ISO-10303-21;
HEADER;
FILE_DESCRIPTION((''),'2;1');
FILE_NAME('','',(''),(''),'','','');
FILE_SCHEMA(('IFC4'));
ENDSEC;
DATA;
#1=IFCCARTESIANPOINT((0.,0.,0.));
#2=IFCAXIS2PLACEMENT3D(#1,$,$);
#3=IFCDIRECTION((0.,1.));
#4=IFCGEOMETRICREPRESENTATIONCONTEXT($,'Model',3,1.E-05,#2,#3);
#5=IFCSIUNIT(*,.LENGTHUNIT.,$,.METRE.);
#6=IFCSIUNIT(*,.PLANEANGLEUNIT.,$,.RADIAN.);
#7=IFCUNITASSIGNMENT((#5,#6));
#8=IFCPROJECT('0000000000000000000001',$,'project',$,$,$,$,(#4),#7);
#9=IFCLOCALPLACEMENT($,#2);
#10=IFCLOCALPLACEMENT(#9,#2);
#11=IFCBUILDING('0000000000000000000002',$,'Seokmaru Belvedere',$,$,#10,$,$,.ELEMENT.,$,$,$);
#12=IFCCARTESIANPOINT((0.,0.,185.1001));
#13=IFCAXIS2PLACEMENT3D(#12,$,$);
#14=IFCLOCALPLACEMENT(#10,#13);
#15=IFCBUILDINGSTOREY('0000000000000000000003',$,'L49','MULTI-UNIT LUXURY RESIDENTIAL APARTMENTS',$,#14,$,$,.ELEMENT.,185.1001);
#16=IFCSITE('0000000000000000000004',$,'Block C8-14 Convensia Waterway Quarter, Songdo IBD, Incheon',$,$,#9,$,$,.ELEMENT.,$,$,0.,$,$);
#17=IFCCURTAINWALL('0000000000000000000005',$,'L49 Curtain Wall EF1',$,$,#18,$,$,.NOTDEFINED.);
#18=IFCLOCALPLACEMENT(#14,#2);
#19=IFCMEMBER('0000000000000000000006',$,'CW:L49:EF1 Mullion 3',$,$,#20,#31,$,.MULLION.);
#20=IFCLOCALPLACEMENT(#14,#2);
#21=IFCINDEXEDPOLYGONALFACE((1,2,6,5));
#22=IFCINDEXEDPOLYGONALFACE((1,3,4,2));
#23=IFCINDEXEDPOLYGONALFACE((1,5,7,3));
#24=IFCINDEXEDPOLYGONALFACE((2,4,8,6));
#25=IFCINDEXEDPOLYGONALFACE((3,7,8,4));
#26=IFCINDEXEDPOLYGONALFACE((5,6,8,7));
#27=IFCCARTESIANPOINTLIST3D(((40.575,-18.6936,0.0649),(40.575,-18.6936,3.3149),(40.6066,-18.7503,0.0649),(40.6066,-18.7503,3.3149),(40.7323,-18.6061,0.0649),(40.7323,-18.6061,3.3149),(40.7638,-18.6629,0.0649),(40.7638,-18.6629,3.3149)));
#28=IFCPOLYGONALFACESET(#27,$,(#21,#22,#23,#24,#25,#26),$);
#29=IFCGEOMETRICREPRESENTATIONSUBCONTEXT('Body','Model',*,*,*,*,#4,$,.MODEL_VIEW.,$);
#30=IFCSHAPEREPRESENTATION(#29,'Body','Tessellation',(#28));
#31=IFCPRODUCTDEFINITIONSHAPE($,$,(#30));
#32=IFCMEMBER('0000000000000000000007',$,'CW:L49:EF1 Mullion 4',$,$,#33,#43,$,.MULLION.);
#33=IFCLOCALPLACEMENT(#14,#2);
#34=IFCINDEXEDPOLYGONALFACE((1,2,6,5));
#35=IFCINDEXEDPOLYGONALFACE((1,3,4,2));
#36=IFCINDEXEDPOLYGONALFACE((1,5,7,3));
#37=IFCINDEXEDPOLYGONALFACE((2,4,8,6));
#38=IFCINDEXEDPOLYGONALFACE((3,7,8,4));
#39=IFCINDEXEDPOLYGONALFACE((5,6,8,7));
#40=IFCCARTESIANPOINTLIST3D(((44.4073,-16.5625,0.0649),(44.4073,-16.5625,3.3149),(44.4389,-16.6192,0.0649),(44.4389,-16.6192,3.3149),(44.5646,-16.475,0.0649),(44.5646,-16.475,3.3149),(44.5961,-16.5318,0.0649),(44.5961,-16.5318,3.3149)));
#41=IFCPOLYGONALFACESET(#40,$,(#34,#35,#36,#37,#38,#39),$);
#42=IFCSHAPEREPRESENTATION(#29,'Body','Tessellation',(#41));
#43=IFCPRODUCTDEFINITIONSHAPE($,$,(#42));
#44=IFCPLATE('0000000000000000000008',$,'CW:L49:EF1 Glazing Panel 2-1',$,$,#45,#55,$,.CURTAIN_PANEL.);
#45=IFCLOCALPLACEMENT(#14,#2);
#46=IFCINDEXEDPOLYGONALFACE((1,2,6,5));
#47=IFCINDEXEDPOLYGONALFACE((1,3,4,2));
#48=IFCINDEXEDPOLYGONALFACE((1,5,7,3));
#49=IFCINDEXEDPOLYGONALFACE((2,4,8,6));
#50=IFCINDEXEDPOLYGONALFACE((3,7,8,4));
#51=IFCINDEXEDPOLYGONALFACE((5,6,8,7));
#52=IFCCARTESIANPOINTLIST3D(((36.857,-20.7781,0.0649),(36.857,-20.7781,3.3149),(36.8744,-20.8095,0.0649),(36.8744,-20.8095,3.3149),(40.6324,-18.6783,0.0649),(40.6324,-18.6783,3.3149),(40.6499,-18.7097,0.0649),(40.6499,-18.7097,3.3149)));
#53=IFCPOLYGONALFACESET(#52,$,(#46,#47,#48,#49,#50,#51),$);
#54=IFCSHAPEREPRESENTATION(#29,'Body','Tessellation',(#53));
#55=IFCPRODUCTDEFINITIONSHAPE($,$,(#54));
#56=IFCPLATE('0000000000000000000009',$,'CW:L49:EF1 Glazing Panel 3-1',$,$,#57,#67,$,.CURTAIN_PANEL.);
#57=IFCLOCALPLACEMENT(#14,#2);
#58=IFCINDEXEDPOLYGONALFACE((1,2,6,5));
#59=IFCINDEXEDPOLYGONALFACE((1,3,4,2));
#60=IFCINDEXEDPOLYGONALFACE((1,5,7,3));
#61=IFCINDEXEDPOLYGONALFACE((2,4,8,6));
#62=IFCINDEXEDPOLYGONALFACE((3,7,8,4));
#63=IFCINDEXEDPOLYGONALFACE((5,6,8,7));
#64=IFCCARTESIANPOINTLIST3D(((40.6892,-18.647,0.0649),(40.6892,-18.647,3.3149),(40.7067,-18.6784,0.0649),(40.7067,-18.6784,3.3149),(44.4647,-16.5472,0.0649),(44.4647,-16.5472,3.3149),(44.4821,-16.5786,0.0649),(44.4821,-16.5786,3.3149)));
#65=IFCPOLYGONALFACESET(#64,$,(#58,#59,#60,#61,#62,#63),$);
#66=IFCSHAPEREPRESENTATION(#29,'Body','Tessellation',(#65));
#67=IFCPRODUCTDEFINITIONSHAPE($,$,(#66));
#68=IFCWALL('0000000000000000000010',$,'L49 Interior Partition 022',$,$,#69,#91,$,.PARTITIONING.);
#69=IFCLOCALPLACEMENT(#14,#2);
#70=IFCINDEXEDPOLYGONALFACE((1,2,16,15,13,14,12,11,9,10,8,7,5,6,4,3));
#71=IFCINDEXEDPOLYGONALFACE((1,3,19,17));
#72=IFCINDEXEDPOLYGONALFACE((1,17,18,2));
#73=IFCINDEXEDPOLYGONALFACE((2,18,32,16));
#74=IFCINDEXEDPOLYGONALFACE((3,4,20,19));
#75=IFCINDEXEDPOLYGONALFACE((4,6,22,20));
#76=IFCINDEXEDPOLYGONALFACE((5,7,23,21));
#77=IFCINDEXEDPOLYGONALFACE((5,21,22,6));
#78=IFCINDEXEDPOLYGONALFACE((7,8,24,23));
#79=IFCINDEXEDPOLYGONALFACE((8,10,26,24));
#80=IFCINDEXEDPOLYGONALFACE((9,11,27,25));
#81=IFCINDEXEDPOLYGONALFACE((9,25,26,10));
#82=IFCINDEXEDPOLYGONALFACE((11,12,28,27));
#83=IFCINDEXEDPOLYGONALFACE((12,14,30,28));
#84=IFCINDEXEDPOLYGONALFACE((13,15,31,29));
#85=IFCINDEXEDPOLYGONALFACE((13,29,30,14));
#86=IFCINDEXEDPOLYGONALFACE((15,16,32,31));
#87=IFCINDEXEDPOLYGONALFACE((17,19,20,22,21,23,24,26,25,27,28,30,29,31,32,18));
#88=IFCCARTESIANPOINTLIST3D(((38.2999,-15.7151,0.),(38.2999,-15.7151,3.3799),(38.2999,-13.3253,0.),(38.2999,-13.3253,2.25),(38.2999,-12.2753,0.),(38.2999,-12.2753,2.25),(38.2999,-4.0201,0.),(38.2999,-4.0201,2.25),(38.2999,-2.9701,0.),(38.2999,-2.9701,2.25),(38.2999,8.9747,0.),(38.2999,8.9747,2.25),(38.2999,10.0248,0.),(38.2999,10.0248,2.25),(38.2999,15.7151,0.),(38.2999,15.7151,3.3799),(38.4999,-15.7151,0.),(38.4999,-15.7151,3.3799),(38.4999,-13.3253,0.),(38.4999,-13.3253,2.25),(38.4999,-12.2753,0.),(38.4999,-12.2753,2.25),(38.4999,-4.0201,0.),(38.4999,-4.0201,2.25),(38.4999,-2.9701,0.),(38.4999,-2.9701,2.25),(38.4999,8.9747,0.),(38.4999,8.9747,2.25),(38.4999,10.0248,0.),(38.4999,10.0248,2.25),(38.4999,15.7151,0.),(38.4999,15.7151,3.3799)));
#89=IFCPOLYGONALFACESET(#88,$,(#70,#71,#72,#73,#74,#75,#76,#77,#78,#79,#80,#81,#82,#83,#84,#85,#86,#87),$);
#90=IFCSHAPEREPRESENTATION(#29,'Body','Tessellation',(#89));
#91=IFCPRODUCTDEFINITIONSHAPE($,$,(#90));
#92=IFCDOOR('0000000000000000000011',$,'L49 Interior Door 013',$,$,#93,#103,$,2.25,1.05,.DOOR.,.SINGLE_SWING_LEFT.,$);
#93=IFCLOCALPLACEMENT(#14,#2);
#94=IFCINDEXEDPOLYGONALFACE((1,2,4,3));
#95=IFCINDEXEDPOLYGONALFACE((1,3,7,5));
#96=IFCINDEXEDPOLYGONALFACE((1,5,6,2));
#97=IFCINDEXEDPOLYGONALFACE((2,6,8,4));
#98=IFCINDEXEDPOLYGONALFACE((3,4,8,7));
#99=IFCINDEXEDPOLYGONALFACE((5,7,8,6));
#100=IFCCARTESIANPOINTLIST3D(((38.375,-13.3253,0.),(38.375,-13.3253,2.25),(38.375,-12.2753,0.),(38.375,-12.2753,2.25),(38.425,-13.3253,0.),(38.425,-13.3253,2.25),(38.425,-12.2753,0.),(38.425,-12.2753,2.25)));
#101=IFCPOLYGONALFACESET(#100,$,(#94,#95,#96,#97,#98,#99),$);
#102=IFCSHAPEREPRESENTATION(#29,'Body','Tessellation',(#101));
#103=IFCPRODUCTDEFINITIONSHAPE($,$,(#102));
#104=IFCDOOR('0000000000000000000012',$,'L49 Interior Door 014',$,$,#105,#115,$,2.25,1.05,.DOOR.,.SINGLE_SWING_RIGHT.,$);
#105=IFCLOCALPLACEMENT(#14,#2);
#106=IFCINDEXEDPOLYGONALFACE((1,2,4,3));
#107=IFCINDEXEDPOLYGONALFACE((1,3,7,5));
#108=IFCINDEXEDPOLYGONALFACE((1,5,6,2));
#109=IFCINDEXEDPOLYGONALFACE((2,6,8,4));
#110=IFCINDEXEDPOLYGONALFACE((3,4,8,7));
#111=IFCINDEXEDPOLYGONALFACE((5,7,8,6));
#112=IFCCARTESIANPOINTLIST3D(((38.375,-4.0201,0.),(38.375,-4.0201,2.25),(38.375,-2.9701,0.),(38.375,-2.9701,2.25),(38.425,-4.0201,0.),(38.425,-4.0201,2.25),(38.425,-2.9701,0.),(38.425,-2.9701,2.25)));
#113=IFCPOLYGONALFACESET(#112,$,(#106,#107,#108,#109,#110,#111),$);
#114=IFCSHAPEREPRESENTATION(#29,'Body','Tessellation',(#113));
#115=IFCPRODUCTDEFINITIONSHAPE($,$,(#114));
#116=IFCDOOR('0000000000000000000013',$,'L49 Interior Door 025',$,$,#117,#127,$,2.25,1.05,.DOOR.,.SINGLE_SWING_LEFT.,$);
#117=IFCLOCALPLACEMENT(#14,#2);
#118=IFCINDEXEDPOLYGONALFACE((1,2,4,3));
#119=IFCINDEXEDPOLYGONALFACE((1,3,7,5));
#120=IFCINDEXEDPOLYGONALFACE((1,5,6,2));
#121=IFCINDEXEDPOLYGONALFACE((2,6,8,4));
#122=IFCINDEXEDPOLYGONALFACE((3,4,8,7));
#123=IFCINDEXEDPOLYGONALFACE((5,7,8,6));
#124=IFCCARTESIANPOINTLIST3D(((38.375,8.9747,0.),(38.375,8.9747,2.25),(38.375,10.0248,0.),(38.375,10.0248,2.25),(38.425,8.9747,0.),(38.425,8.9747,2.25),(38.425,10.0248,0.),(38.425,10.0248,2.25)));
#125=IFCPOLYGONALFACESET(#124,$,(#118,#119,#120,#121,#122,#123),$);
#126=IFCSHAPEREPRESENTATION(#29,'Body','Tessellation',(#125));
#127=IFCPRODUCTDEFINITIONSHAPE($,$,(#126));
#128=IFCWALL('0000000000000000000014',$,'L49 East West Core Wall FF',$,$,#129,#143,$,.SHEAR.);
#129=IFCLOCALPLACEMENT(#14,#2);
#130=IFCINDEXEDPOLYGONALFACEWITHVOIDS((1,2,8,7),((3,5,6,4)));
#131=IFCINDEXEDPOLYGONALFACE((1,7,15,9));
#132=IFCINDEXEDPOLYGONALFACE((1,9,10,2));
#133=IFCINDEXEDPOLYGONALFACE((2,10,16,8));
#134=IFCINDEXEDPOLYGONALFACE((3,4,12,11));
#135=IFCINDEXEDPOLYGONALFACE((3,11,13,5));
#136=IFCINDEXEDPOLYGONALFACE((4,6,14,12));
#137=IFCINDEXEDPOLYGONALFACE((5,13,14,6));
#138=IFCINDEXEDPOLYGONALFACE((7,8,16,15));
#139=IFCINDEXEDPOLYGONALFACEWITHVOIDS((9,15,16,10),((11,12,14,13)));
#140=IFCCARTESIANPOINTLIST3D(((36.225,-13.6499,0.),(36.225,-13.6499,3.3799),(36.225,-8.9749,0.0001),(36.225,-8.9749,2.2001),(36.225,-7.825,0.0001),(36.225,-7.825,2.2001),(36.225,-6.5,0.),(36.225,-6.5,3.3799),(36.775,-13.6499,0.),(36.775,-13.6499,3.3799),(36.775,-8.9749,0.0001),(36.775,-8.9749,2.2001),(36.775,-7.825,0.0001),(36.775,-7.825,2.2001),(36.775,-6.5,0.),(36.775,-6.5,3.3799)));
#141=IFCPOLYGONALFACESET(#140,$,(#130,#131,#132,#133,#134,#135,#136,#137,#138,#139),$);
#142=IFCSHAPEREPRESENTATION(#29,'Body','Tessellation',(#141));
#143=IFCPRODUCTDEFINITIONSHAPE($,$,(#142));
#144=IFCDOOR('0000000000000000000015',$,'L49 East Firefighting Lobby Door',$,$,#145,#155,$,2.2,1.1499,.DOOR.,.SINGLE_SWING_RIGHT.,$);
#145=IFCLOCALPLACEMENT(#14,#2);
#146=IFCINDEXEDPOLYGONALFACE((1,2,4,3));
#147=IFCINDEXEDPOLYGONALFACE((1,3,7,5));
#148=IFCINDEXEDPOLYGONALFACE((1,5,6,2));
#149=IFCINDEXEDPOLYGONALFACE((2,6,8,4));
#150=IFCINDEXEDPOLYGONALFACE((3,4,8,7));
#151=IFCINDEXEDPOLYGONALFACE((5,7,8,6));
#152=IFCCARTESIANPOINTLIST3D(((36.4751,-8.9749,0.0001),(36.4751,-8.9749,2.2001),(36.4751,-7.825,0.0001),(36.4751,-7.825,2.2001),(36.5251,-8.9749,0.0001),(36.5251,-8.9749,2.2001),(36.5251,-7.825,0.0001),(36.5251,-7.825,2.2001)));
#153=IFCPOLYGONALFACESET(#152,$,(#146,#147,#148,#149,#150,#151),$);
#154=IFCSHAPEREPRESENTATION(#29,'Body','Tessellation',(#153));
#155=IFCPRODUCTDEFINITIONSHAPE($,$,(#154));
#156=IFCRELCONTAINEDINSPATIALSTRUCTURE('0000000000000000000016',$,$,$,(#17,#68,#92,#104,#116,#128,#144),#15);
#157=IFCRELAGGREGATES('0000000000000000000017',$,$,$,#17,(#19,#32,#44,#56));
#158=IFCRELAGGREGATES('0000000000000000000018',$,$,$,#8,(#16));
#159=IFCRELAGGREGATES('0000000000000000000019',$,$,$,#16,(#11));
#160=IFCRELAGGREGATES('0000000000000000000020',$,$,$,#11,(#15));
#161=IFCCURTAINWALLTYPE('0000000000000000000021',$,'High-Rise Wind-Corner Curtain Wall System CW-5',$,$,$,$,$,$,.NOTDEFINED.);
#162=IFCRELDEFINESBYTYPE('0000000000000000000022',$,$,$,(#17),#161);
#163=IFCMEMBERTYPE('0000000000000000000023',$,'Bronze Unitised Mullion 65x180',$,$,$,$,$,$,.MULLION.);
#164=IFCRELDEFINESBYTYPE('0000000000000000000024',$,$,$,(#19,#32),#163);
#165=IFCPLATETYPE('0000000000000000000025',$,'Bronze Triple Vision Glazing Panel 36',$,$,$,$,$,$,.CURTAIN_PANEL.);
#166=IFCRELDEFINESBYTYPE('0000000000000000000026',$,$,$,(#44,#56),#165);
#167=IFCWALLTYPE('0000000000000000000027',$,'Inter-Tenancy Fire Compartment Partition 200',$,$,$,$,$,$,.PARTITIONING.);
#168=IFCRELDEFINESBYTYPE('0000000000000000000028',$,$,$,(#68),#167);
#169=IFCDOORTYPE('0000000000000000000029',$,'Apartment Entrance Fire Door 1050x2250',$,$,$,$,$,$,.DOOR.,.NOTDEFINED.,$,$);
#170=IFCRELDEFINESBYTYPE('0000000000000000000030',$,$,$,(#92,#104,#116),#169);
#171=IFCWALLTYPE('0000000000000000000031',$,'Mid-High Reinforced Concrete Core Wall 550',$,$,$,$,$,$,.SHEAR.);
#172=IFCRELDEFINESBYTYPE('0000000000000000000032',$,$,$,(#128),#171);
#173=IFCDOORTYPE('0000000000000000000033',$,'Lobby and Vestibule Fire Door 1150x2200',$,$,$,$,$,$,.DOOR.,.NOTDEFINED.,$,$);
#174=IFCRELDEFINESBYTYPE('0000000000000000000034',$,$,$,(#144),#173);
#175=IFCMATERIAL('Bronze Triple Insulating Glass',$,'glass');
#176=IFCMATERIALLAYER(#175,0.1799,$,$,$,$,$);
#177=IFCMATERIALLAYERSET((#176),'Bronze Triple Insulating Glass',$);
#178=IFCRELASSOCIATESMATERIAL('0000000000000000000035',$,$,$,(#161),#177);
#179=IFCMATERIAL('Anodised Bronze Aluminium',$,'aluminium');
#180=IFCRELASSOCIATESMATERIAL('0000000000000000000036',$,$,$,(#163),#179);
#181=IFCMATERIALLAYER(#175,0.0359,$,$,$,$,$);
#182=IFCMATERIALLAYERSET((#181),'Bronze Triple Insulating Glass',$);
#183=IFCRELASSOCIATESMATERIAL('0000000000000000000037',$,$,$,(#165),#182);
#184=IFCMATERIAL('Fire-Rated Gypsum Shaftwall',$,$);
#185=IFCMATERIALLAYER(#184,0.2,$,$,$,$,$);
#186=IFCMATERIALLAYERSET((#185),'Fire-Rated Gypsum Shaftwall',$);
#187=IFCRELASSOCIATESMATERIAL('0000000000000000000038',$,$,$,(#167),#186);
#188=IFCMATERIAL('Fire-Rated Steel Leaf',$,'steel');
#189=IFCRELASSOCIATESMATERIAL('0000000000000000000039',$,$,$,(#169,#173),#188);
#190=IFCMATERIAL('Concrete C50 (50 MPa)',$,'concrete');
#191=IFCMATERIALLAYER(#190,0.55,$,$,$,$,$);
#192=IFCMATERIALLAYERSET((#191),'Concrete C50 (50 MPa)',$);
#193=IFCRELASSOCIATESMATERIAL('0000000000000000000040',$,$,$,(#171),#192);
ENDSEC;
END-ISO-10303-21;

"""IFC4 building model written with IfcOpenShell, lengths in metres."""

from ifc_helpers import new_model, si_unit, direction, frame, frame_2d, origin, origin_2d, place, context, subcontext, project, spatial, rectangle, extrude, source, transform, mapped, material, layer, layer_set, material_profile, profile_set, type_object, type_shapes, element, fill, aggregate, save


model = new_model("IFC4")

# Units and contexts
model_context = context("Model", 3, precision=1e-05, world=origin(), true_north=direction((0.0, 1.0)))
body_context = subcontext(model_context, "Body", "Model", "MODEL_VIEW")
ifc_project = project(units=[si_unit("LENGTHUNIT", "METRE"), si_unit("PLANEANGLEUNIT", "RADIAN")], contexts=[model_context])

# Site, building, storey
site_placement = place(None, origin())
site = spatial("IfcSite", under=ifc_project, at=site_placement, Name="Block C8-14 Convensia Waterway Quarter, Songdo IBD, Incheon", CompositionType="ELEMENT", RefElevation=0.0)
building_placement = place(site_placement, origin())
building = spatial("IfcBuilding", under=site, at=building_placement, Name="Seokmaru Belvedere", CompositionType="ELEMENT")
storey_placement = place(building_placement, frame((0.0, 0.0, 185.1001)))
storey = spatial("IfcBuildingStorey", under=building, at=storey_placement, Name="L49", Description="MULTI-UNIT LUXURY RESIDENTIAL APARTMENTS", CompositionType="ELEMENT", Elevation=185.1001)

# Curtain wall, members, plates
ifc_material_1 = material(Name="Bronze Triple Insulating Glass", Category="glass")
ifc_layer_1 = layer(ifc_material_1, 0.1799)
ifc_layer_set_1 = layer_set([ifc_layer_1], Name="Bronze Triple Insulating Glass")
curtain_wall_type = type_object("IfcCurtainWallType", Name="High-Rise Wind-Corner Curtain Wall System CW-5", PredefinedType="NOTDEFINED", material=ifc_layer_set_1)
curtain_wall_placement = place(storey_placement, origin())
curtain_wall = element("IfcCurtainWall", 1, at=curtain_wall_placement, inside=storey, type_object=curtain_wall_type, Name="L49 Curtain Wall EF1", PredefinedType="NOTDEFINED")
ifc_material_2 = material(Name="Anodised Bronze Aluminium", Category="aluminium")
ifc_material_profile_1 = material_profile(ifc_material_2, rectangle(XDim=0.0649, YDim=0.1799, at=origin_2d()), Name="CW-M-65x180")
ifc_profile_set_1 = profile_set([ifc_material_profile_1], Name="Anodised Bronze Aluminium")
member_type = type_object("IfcMemberType", Name="Bronze Unitised Mullion 65x180", PredefinedType="MULLION", material=ifc_profile_set_1)
shared_shape_1 = source(origin(), body_context, "Body", "SweptSolid", [
    extrude(rectangle(XDim=0.0649, YDim=0.1799, at=origin_2d()), origin(), (0.0, 0.0, 1.0), 3.25),
])
type_shapes(member_type, [shared_shape_1])
member_1_placement = place(storey_placement, frame((40.6694, -18.6782, 0.0649), z_axis=(0.0, 0.0, 1.0), x_axis=(-0.486047, 0.873933, 0.0)))
member_1 = element("IfcMember", 2, at=member_1_placement, type_object=member_type, Name="CW:L49:EF1 Mullion 3", PredefinedType="MULLION", context=body_context, shape_type="MappedRepresentation", body=[
    mapped(shared_shape_1, transform((0.0, 0.0, 0.0), scale=1.0)),
])
member_2_placement = place(storey_placement, frame((44.5017, -16.5471, 0.0649), z_axis=(0.0, 0.0, 1.0), x_axis=(-0.486047, 0.873933, 0.0)))
member_2 = element("IfcMember", 3, at=member_2_placement, type_object=member_type, Name="CW:L49:EF1 Mullion 4", PredefinedType="MULLION", context=body_context, shape_type="MappedRepresentation", body=[
    mapped(shared_shape_1, transform((0.0, 0.0, 0.0), scale=1.0)),
])
ifc_layer_2 = layer(ifc_material_1, 0.0359)
ifc_layer_set_2 = layer_set([ifc_layer_2], Name="Bronze Triple Insulating Glass")
plate_type = type_object("IfcPlateType", Name="Bronze Triple Vision Glazing Panel 36", PredefinedType="CURTAIN_PANEL", material=ifc_layer_set_2)
shared_shape_2 = source(origin(), body_context, "Body", "SweptSolid", [
    extrude(rectangle(XDim=4.3201, YDim=0.0359, at=origin_2d()), origin(), (0.0, 0.0, 1.0), 3.25),
])
type_shapes(plate_type, [shared_shape_2])
plate_1_placement = place(storey_placement, frame((38.7534, -19.7439, 0.0649), z_axis=(0.0, 0.0, 1.0), x_axis=(0.873933, 0.486047, 0.0)))
plate_1 = element("IfcPlate", 4, at=plate_1_placement, type_object=plate_type, Name="CW:L49:EF1 Glazing Panel 2-1", PredefinedType="CURTAIN_PANEL", context=body_context, shape_type="MappedRepresentation", body=[
    mapped(shared_shape_2, transform((0.0, 0.0, 0.0), scale=1.0)),
])
plate_2_placement = place(storey_placement, frame((42.5857, -17.6128, 0.0649), z_axis=(0.0, 0.0, 1.0), x_axis=(0.873933, 0.486047, 0.0)))
plate_2 = element("IfcPlate", 5, at=plate_2_placement, type_object=plate_type, Name="CW:L49:EF1 Glazing Panel 3-1", PredefinedType="CURTAIN_PANEL", context=body_context, shape_type="MappedRepresentation", body=[
    mapped(shared_shape_2, transform((0.0, 0.0, 0.0), scale=1.0)),
])
aggregate(curtain_wall, [member_1, member_2, plate_1, plate_2])

# Wall, openings, doors
ifc_material_3 = material(Name="Fire-Rated Gypsum Shaftwall")
ifc_layer_3 = layer(ifc_material_3, 0.2)
ifc_layer_set_3 = layer_set([ifc_layer_3], Name="Fire-Rated Gypsum Shaftwall")
wall_type_1 = type_object("IfcWallType", Name="Inter-Tenancy Fire Compartment Partition 200", PredefinedType="PARTITIONING", material=ifc_layer_set_3)
wall_1_placement = place(storey_placement, frame((38.3999, -15.7151, 0.0), z_axis=(0.0, 0.0, 1.0), x_axis=(0.0, 1.0, 0.0)))
wall_1 = element("IfcWall", 6, at=wall_1_placement, inside=storey, type_object=wall_type_1, Name="L49 Interior Partition 022", PredefinedType="PARTITIONING", context=body_context, shape_type="SweptSolid", body=[
    extrude(rectangle(XDim=31.4302, YDim=0.2, at=frame_2d((15.7151, 0.0))), origin(), (0.0, 0.0, 1.0), 3.3799),
])
opening_1_placement = place(wall_1_placement, frame((2.3899, 0.0, 0.0)))
opening_1 = element("IfcOpeningElement", 7, at=opening_1_placement, cuts=wall_1, PredefinedType="OPENING", context=body_context, shape_type="SweptSolid", body=[
    extrude(rectangle(XDim=1.05, YDim=2.25, at=frame_2d((0.5249, 1.125))), frame((0.0, 0.1099, 0.0), z_axis=(0.0, -1.0, 0.0), x_axis=(1.0, 0.0, 0.0)), (0.0, 0.0, 1.0), 0.22),
])
opening_2_placement = place(wall_1_placement, frame((11.6951, 0.0, 0.0)))
opening_2 = element("IfcOpeningElement", 8, at=opening_2_placement, cuts=wall_1, PredefinedType="OPENING", context=body_context, shape_type="SweptSolid", body=[
    extrude(rectangle(XDim=1.05, YDim=2.25, at=frame_2d((0.5249, 1.125))), frame((0.0, 0.1099, 0.0), z_axis=(0.0, -1.0, 0.0), x_axis=(1.0, 0.0, 0.0)), (0.0, 0.0, 1.0), 0.22),
])
opening_3_placement = place(wall_1_placement, frame((24.6899, 0.0, 0.0)))
opening_3 = element("IfcOpeningElement", 9, at=opening_3_placement, cuts=wall_1, PredefinedType="OPENING", context=body_context, shape_type="SweptSolid", body=[
    extrude(rectangle(XDim=1.05, YDim=2.25, at=frame_2d((0.5249, 1.125))), frame((0.0, 0.1099, 0.0), z_axis=(0.0, -1.0, 0.0), x_axis=(1.0, 0.0, 0.0)), (0.0, 0.0, 1.0), 0.22),
])
ifc_material_4 = material(Name="Fire-Rated Steel Leaf", Category="steel")
door_type_1 = type_object("IfcDoorType", Name="Apartment Entrance Fire Door 1050x2250", OperationType="NOTDEFINED", PredefinedType="DOOR", material=ifc_material_4)
shared_shape_3 = source(origin(), body_context, "Body", "SweptSolid", [
    extrude(rectangle(XDim=1.05, YDim=2.25, at=frame_2d((0.5249, 1.125))), frame((0.0, 0.0249, 0.0), z_axis=(0.0, -1.0, 0.0), x_axis=(1.0, 0.0, 0.0)), (0.0, 0.0, 1.0), 0.05),
])
type_shapes(door_type_1, [shared_shape_3])
door_1_placement = place(opening_1_placement, origin())
door_1 = element("IfcDoor", 10, at=door_1_placement, inside=storey, type_object=door_type_1, Name="L49 Interior Door 013", OperationType="SINGLE_SWING_LEFT", OverallHeight=2.25, OverallWidth=1.05, PredefinedType="DOOR", context=body_context, shape_type="MappedRepresentation", body=[
    mapped(shared_shape_3, transform((0.0, 0.0, 0.0), scale=1.0)),
])
fill(opening_1, door_1)
door_2_placement = place(opening_2_placement, origin())
door_2 = element("IfcDoor", 11, at=door_2_placement, inside=storey, type_object=door_type_1, Name="L49 Interior Door 014", OperationType="SINGLE_SWING_RIGHT", OverallHeight=2.25, OverallWidth=1.05, PredefinedType="DOOR", context=body_context, shape_type="MappedRepresentation", body=[
    mapped(shared_shape_3, transform((0.0, 0.0, 0.0), scale=1.0)),
])
fill(opening_2, door_2)
door_3_placement = place(opening_3_placement, origin())
door_3 = element("IfcDoor", 12, at=door_3_placement, inside=storey, type_object=door_type_1, Name="L49 Interior Door 025", OperationType="SINGLE_SWING_LEFT", OverallHeight=2.25, OverallWidth=1.05, PredefinedType="DOOR", context=body_context, shape_type="MappedRepresentation", body=[
    mapped(shared_shape_3, transform((0.0, 0.0, 0.0), scale=1.0)),
])
fill(opening_3, door_3)

# Wall, opening, door
ifc_material_5 = material(Name="Concrete C50 (50 MPa)", Category="concrete")
ifc_layer_4 = layer(ifc_material_5, 0.55)
ifc_layer_set_4 = layer_set([ifc_layer_4], Name="Concrete C50 (50 MPa)")
wall_type_2 = type_object("IfcWallType", Name="Mid-High Reinforced Concrete Core Wall 550", PredefinedType="SHEAR", material=ifc_layer_set_4)
wall_2_placement = place(storey_placement, frame((36.5, -13.6499, 0.0), z_axis=(0.0, 0.0, 1.0), x_axis=(0.0, 1.0, 0.0)))
wall_2 = element("IfcWall", 13, at=wall_2_placement, inside=storey, type_object=wall_type_2, Name="L49 East West Core Wall FF", PredefinedType="SHEAR", context=body_context, shape_type="SweptSolid", body=[
    extrude(rectangle(XDim=7.1499, YDim=0.55, at=frame_2d((3.575, 0.0))), origin(), (0.0, 0.0, 1.0), 3.3799),
])
opening_4_placement = place(wall_2_placement, frame((4.675, 0.0, 0.0)))
opening_4 = element("IfcOpeningElement", 14, at=opening_4_placement, cuts=wall_2, PredefinedType="OPENING", context=body_context, shape_type="SweptSolid", body=[
    extrude(rectangle(XDim=1.1499, YDim=2.2, at=frame_2d((0.575, 1.1001))), frame((0.0, 0.2852, 0.0), z_axis=(0.0, -1.0, 0.0), x_axis=(1.0, 0.0, 0.0)), (0.0, 0.0, 1.0), 0.5701),
])
door_type_2 = type_object("IfcDoorType", Name="Lobby and Vestibule Fire Door 1150x2200", OperationType="NOTDEFINED", PredefinedType="DOOR", material=ifc_material_4)
shared_shape_4 = source(origin(), body_context, "Body", "SweptSolid", [
    extrude(rectangle(XDim=1.1499, YDim=2.2, at=frame_2d((0.575, 1.1001))), frame((0.0, 0.0249, 0.0), z_axis=(0.0, -1.0, 0.0), x_axis=(1.0, 0.0, 0.0)), (0.0, 0.0, 1.0), 0.05),
])
type_shapes(door_type_2, [shared_shape_4])
door_4_placement = place(opening_4_placement, origin())
door_4 = element("IfcDoor", 15, at=door_4_placement, inside=storey, type_object=door_type_2, Name="L49 East Firefighting Lobby Door", OperationType="SINGLE_SWING_RIGHT", OverallHeight=2.2, OverallWidth=1.1499, PredefinedType="DOOR", context=body_context, shape_type="MappedRepresentation", body=[
    mapped(shared_shape_4, transform((0.0, 0.0, 0.0), scale=1.0)),
])
fill(opening_4, door_4)

save(model, "model.ifc")
